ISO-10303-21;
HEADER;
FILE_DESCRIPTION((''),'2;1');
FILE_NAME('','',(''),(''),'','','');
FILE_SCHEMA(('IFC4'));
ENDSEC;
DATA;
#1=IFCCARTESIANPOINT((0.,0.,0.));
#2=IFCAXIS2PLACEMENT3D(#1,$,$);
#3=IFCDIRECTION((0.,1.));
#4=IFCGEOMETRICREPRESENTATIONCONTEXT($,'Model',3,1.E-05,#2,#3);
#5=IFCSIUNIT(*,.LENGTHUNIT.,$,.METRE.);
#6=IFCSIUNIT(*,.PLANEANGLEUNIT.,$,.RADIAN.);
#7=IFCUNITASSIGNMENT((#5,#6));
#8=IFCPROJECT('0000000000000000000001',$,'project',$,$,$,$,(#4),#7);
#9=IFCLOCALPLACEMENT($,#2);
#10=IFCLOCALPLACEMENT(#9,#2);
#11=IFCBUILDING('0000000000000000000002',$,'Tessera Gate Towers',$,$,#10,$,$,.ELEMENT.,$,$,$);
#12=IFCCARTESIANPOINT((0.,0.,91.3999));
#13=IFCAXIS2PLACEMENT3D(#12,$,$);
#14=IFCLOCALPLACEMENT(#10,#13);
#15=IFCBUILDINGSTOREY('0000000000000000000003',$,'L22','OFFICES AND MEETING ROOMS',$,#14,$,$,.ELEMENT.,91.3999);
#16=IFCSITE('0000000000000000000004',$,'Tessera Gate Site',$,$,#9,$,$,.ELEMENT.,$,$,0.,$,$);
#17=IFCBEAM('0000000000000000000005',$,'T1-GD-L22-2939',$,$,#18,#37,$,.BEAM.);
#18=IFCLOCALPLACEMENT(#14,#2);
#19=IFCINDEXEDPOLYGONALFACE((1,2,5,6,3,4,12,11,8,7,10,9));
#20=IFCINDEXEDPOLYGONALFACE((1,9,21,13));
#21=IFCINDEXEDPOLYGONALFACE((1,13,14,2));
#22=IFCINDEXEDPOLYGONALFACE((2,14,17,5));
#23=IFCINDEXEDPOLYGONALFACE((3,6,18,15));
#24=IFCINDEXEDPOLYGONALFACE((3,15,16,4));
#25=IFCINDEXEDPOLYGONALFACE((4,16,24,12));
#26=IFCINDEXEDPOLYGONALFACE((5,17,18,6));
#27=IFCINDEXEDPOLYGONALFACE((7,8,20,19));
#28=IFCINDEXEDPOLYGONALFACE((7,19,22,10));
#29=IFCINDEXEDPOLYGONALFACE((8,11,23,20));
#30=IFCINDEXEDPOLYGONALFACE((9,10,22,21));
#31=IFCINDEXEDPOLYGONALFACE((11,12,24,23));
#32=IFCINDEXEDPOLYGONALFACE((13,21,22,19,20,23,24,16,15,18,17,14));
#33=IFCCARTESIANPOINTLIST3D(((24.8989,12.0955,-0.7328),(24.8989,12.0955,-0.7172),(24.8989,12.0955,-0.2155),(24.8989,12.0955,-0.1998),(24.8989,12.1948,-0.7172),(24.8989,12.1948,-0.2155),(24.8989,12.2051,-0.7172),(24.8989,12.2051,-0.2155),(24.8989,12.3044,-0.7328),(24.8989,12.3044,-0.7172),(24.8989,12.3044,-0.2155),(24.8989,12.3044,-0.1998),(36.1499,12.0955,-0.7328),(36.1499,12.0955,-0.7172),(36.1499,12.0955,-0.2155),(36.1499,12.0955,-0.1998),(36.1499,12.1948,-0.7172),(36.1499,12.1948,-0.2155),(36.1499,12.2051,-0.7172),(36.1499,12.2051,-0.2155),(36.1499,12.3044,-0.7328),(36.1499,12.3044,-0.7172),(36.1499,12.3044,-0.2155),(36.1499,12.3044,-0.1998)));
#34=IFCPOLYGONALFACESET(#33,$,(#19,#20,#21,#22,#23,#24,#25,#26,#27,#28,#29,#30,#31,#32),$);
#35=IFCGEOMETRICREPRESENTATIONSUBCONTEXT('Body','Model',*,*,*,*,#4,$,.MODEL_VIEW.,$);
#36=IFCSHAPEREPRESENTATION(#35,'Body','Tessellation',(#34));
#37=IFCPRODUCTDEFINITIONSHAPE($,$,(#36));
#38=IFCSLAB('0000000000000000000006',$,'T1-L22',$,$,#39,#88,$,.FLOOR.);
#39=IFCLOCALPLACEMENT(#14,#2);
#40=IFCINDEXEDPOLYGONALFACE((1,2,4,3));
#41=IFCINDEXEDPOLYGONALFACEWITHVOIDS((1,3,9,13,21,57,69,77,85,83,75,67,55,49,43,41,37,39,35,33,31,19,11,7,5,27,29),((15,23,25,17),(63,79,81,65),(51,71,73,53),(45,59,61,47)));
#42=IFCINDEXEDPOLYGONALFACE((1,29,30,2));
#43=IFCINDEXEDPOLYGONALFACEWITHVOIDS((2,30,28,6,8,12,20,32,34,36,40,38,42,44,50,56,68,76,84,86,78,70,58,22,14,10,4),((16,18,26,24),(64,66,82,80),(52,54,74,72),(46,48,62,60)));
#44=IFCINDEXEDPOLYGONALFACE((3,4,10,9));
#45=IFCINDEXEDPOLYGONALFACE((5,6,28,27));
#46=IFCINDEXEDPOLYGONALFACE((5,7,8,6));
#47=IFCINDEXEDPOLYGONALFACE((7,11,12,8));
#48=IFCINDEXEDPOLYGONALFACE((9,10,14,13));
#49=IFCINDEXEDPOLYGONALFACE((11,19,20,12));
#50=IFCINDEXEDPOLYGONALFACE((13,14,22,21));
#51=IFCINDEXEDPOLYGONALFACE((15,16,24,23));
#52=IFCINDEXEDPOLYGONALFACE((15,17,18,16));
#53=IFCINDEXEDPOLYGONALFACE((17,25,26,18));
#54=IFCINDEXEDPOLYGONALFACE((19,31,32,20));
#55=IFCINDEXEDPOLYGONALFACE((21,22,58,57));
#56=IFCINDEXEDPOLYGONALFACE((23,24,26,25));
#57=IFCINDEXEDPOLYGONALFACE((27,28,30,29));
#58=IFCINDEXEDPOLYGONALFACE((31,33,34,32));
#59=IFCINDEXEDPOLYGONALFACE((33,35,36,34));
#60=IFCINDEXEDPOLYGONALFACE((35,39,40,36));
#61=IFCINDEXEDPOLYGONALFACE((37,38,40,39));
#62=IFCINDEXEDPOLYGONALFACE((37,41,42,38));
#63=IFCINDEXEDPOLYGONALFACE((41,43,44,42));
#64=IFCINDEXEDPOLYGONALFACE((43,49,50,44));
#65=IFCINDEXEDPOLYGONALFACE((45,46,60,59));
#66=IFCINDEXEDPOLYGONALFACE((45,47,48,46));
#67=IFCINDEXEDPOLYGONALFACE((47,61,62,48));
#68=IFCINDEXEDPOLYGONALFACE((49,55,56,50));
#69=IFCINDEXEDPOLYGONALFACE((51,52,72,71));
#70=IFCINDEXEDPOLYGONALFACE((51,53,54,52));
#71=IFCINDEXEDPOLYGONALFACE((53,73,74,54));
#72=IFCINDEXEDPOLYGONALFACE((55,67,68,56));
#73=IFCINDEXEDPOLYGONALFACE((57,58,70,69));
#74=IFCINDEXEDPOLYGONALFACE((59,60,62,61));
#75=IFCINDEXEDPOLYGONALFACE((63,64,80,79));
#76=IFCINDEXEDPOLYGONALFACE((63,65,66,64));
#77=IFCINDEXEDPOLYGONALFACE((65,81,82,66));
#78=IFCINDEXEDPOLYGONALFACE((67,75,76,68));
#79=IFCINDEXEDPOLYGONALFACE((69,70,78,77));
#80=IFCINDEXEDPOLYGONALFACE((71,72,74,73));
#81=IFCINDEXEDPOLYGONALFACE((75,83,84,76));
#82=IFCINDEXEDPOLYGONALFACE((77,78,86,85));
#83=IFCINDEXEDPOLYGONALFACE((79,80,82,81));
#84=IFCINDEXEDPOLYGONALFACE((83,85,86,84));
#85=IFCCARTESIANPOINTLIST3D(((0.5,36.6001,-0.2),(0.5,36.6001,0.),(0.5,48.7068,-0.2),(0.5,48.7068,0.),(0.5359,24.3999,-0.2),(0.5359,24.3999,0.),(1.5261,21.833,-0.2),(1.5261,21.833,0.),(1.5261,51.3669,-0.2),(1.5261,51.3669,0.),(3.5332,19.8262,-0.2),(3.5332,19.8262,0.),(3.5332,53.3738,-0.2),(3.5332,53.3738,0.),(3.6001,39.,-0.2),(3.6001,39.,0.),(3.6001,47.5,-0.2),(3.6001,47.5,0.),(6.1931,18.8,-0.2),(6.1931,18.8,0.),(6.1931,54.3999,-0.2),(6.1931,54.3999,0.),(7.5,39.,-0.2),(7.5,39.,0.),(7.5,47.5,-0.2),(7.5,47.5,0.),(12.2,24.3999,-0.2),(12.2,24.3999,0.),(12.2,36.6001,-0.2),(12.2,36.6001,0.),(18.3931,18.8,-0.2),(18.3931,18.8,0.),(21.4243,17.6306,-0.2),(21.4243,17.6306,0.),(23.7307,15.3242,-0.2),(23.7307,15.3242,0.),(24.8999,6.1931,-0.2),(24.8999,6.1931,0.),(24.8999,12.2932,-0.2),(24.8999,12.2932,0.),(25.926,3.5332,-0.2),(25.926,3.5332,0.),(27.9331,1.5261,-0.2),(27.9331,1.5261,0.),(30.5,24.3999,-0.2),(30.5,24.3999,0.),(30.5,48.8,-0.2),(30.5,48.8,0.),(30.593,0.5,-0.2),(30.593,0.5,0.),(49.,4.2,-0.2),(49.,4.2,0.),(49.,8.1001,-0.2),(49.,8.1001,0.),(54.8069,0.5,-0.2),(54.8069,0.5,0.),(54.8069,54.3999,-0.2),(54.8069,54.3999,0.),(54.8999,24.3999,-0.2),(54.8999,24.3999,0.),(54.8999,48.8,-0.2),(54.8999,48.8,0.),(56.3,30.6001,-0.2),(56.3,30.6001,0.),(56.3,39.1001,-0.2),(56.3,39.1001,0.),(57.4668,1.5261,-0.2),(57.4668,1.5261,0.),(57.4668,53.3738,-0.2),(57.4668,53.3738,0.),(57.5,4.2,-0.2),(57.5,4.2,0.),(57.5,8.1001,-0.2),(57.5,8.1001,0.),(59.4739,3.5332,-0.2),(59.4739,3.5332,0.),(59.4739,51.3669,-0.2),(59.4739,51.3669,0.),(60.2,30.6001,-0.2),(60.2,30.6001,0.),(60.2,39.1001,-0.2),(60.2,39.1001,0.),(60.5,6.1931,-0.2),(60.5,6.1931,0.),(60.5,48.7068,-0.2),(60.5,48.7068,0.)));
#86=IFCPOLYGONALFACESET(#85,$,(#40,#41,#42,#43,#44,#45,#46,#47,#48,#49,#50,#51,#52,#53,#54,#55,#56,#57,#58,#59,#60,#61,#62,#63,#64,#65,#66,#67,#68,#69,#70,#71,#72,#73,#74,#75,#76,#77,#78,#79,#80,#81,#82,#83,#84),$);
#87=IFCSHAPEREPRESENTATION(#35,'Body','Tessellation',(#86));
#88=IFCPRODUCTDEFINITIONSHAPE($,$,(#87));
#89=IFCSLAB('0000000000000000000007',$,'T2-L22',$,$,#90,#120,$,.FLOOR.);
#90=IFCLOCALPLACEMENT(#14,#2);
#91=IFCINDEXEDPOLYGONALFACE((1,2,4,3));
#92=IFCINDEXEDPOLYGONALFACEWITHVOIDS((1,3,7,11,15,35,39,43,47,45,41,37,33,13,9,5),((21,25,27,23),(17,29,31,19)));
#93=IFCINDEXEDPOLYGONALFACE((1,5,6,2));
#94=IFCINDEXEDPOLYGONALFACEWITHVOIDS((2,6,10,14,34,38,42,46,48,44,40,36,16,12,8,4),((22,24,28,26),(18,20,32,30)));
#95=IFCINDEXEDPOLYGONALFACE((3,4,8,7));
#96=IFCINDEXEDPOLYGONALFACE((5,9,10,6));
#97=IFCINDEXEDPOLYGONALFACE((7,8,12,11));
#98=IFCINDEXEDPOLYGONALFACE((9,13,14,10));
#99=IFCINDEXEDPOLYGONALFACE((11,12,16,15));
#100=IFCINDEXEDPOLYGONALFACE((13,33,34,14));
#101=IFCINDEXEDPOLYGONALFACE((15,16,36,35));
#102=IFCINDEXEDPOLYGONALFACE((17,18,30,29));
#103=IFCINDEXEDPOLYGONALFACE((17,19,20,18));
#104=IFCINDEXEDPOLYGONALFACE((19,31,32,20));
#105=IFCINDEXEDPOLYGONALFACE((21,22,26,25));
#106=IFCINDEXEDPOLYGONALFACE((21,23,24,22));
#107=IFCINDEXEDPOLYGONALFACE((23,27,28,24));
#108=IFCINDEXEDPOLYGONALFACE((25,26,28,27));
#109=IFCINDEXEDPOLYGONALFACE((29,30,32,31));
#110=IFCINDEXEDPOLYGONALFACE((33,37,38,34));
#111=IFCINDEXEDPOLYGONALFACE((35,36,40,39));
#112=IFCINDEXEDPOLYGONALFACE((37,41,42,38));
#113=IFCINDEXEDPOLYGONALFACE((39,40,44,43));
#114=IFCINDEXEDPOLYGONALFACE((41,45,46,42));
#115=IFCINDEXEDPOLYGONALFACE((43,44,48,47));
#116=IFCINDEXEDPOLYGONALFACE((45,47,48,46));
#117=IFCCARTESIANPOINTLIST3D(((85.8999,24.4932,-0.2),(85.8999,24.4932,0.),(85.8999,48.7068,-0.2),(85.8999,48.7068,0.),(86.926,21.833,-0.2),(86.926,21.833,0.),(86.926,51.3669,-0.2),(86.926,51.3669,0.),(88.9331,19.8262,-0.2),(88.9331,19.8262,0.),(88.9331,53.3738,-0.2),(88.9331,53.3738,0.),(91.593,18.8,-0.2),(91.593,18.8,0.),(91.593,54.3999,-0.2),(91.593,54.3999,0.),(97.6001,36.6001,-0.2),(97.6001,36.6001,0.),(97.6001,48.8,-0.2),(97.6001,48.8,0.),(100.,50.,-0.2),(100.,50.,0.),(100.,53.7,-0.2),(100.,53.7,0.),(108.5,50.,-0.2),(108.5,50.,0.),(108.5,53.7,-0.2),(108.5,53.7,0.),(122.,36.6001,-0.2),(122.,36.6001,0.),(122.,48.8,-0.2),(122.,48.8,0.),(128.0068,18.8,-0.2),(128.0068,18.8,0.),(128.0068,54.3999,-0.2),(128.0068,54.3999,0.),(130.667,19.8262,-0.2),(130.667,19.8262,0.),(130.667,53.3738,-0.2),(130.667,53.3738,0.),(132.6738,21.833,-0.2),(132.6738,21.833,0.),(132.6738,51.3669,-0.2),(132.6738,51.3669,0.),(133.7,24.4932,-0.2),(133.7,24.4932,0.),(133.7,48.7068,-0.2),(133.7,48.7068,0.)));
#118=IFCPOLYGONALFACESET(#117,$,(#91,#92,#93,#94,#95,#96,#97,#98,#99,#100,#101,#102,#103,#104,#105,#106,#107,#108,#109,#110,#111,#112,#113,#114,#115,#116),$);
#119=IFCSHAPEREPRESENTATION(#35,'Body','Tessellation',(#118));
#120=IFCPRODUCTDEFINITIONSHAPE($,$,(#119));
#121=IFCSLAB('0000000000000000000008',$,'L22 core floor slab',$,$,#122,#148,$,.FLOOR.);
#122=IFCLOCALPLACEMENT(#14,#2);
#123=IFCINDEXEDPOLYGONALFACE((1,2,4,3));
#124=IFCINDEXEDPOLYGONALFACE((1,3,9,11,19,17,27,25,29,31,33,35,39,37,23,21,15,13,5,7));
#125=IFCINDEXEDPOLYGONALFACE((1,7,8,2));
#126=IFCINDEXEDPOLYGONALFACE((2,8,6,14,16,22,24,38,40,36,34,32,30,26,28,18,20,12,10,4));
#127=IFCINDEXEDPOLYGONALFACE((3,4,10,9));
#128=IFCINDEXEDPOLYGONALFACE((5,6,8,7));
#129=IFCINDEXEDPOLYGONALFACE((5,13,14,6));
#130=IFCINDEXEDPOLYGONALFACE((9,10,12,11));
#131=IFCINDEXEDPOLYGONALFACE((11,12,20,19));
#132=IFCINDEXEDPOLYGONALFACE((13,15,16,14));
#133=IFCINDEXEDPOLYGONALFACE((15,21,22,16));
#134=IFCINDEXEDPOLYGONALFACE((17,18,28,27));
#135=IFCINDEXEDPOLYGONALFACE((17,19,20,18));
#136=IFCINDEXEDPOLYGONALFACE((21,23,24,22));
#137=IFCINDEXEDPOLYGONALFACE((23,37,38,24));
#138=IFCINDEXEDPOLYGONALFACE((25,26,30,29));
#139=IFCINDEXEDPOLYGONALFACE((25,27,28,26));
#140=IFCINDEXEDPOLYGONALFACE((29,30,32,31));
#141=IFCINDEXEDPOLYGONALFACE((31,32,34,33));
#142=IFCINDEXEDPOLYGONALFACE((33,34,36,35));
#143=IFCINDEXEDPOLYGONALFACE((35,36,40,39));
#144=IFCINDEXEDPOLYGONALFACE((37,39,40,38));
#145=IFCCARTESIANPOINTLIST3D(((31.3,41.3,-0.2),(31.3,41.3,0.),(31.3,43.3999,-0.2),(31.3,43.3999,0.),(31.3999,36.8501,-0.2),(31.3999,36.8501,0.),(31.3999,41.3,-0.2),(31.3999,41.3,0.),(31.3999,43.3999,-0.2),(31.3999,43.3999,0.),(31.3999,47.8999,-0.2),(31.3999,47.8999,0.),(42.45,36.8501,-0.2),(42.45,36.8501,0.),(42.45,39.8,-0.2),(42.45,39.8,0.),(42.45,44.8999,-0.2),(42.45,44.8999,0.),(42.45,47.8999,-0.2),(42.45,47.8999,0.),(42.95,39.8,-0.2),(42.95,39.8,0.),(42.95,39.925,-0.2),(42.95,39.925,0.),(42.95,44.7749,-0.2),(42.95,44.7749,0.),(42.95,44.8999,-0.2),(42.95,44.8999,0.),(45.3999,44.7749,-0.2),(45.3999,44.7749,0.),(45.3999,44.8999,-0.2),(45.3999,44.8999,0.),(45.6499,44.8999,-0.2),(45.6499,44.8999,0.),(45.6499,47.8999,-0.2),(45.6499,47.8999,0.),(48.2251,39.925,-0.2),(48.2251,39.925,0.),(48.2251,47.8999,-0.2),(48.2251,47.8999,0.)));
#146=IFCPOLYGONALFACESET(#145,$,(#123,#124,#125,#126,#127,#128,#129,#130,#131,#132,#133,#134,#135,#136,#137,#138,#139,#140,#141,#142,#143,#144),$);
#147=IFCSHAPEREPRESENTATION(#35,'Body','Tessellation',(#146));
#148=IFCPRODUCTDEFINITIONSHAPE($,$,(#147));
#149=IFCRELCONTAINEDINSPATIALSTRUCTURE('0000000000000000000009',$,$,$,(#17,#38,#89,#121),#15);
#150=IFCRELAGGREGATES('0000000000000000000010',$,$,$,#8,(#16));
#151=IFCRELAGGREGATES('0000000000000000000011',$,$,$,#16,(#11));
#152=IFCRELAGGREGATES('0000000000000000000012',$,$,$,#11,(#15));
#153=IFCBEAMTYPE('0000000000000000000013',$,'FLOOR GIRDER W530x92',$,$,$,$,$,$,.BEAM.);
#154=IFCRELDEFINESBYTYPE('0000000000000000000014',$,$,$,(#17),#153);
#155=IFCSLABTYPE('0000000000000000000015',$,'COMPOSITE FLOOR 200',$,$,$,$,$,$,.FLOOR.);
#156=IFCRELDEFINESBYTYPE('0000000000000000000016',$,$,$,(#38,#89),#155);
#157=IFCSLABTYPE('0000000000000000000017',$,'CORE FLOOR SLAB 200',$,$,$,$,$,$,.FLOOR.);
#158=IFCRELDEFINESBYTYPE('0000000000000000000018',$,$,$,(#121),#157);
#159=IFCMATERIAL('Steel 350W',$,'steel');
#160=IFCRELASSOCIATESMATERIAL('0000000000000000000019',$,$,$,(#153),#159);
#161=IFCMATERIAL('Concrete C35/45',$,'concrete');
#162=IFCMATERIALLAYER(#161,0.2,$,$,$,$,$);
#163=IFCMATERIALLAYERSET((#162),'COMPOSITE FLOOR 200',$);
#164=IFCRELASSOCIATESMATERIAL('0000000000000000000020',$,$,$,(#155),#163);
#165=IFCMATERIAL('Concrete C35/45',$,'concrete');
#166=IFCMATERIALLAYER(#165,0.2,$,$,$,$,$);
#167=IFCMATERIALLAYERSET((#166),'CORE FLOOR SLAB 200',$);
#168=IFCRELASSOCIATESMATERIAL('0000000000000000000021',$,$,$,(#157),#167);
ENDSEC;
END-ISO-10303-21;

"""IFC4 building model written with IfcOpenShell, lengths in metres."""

from ifc_helpers import new_model, si_unit, direction, frame, origin, origin_2d, place, context, subcontext, project, spatial, polyline, i_section, outline, extrude, material, layer, layer_set, material_profile, profile_set, type_object, element, save


model = new_model("IFC4")

# Units and contexts
model_context = context("Model", 3, precision=1e-05, world=origin(), true_north=direction((0.0, 1.0)))
body_context = subcontext(model_context, "Body", "Model", "MODEL_VIEW")
ifc_project = project(units=[si_unit("LENGTHUNIT", "METRE"), si_unit("PLANEANGLEUNIT", "RADIAN")], contexts=[model_context])

# Site, building, storey
site_placement = place(None, origin())
site = spatial("IfcSite", under=ifc_project, at=site_placement, Name="Tessera Gate Site", CompositionType="ELEMENT", RefElevation=0.0)
building_placement = place(site_placement, origin())
building = spatial("IfcBuilding", under=site, at=building_placement, Name="Tessera Gate Towers", CompositionType="ELEMENT")
storey_placement = place(building_placement, frame((0.0, 0.0, 91.3999)))
storey = spatial("IfcBuildingStorey", under=building, at=storey_placement, Name="L22", Description="OFFICES AND MEETING ROOMS", CompositionType="ELEMENT", Elevation=91.3999)

# Beam
ifc_material_1 = material(Name="Steel 350W", Category="steel")
ifc_material_profile = material_profile(ifc_material_1, i_section(OverallWidth=0.209, OverallDepth=0.533, WebThickness=0.0103, FlangeThickness=0.0156, at=origin_2d()), Name="W530x92")
ifc_profile_set = profile_set([ifc_material_profile], Name="Steel 350W")
beam_type = type_object("IfcBeamType", Name="FLOOR GIRDER W530x92", PredefinedType="BEAM", material=ifc_profile_set)
beam_placement = place(storey_placement, frame((24.8989, 12.2, -0.4663), z_axis=(1.0, 0.0, 0.0), x_axis=(0.0, 1.0, 0.0)))
element("IfcBeam", 1, at=beam_placement, inside=storey, type_object=beam_type, Name="T1-GD-L22-2939", PredefinedType="BEAM", context=body_context, shape_type="SweptSolid", body=[
    extrude(i_section(OverallWidth=0.209, OverallDepth=0.533, WebThickness=0.0103, FlangeThickness=0.0156, at=origin_2d()), origin(), (0.0, 0.0, 1.0), 11.251),
])

# Slabs
ifc_material_2 = material(Name="Concrete C35/45", Category="concrete")
ifc_layer_1 = layer(ifc_material_2, 0.2)
ifc_layer_set_1 = layer_set([ifc_layer_1], Name="COMPOSITE FLOOR 200")
slab_type_1 = type_object("IfcSlabType", Name="COMPOSITE FLOOR 200", PredefinedType="FLOOR", material=ifc_layer_set_1)
slab_1_placement = place(storey_placement, frame((0.0, 0.0, -0.2)))
element("IfcSlab", 2, at=slab_1_placement, inside=storey, type_object=slab_type_1, Name="T1-L22", PredefinedType="FLOOR", context=body_context, shape_type="SweptSolid", body=[
    extrude(outline(polyline([(0.5, 36.6001), (12.2, 36.6001), (12.2, 24.3999), (0.5359, 24.3999), (1.5261, 21.833), (3.5332, 19.8262), (6.1931, 18.8), (18.3931, 18.8), (21.4243, 17.6306), (23.7307, 15.3242), (24.8999, 12.2932), (24.8999, 6.1931), (25.926, 3.5332), (27.9331, 1.5261), (30.593, 0.5), (54.8069, 0.5), (57.4668, 1.5261), (59.4739, 3.5332), (60.5, 6.1931), (60.5, 48.7068), (59.4739, 51.3669), (57.4668, 53.3738), (54.8069, 54.3999), (6.1931, 54.3999), (3.5332, 53.3738), (1.5261, 51.3669), (0.5, 48.7068), (0.5, 36.6001)]), holes=[polyline([(3.6001, 39.0), (3.6001, 47.5), (7.5, 47.5), (7.5, 39.0), (3.6001, 39.0)]), polyline([(30.5, 24.3999), (30.5, 48.8), (54.8999, 48.8), (54.8999, 24.3999), (30.5, 24.3999)]), polyline([(49.0, 4.2), (49.0, 8.1001), (57.5, 8.1001), (57.5, 4.2), (49.0, 4.2)]), polyline([(56.3, 30.6001), (56.3, 39.1001), (60.2, 39.1001), (60.2, 30.6001), (56.3, 30.6001)])]), origin(), (0.0, 0.0, 1.0), 0.2),
])
slab_2_placement = place(storey_placement, frame((0.0, 0.0, -0.2)))
element("IfcSlab", 3, at=slab_2_placement, inside=storey, type_object=slab_type_1, Name="T2-L22", PredefinedType="FLOOR", context=body_context, shape_type="SweptSolid", body=[
    extrude(outline(polyline([(85.8999, 24.4932), (86.926, 21.833), (88.9331, 19.8262), (91.593, 18.8), (128.0068, 18.8), (130.667, 19.8262), (132.6738, 21.833), (133.7, 24.4932), (133.7, 48.7068), (132.6738, 51.3669), (130.667, 53.3738), (128.0068, 54.3999), (91.593, 54.3999), (88.9331, 53.3738), (86.926, 51.3669), (85.8999, 48.7068), (85.8999, 24.4932)]), holes=[polyline([(97.6001, 36.6001), (97.6001, 48.8), (122.0, 48.8), (122.0, 36.6001), (97.6001, 36.6001)]), polyline([(100.0, 50.0), (100.0, 53.7), (108.5, 53.7), (108.5, 50.0), (100.0, 50.0)])]), origin(), (0.0, 0.0, 1.0), 0.2),
])
ifc_material_3 = material(Name="Concrete C35/45", Category="concrete")
ifc_layer_2 = layer(ifc_material_3, 0.2)
ifc_layer_set_2 = layer_set([ifc_layer_2], Name="CORE FLOOR SLAB 200")
slab_type_2 = type_object("IfcSlabType", Name="CORE FLOOR SLAB 200", PredefinedType="FLOOR", material=ifc_layer_set_2)
slab_3_placement = place(storey_placement, frame((0.0, 0.0, -0.2)))
element("IfcSlab", 4, at=slab_3_placement, inside=storey, type_object=slab_type_2, Name="L22 core floor slab", PredefinedType="FLOOR", context=body_context, shape_type="SweptSolid", body=[
    extrude(outline(polyline([(31.3999, 47.8999), (31.3999, 43.3999), (31.3, 43.3999), (31.3, 41.3), (31.3999, 41.3), (31.3999, 36.8501), (42.45, 36.8501), (42.45, 39.8), (42.95, 39.8), (42.95, 39.925), (48.2251, 39.925), (48.2251, 47.8999), (45.6499, 47.8999), (45.6499, 44.8999), (45.3999, 44.8999), (45.3999, 44.7749), (42.95, 44.7749), (42.95, 44.8999), (42.45, 44.8999), (42.45, 47.8999), (31.3999, 47.8999)])), origin(), (0.0, 0.0, 1.0), 0.2),
])

save(model, "model.ifc")
